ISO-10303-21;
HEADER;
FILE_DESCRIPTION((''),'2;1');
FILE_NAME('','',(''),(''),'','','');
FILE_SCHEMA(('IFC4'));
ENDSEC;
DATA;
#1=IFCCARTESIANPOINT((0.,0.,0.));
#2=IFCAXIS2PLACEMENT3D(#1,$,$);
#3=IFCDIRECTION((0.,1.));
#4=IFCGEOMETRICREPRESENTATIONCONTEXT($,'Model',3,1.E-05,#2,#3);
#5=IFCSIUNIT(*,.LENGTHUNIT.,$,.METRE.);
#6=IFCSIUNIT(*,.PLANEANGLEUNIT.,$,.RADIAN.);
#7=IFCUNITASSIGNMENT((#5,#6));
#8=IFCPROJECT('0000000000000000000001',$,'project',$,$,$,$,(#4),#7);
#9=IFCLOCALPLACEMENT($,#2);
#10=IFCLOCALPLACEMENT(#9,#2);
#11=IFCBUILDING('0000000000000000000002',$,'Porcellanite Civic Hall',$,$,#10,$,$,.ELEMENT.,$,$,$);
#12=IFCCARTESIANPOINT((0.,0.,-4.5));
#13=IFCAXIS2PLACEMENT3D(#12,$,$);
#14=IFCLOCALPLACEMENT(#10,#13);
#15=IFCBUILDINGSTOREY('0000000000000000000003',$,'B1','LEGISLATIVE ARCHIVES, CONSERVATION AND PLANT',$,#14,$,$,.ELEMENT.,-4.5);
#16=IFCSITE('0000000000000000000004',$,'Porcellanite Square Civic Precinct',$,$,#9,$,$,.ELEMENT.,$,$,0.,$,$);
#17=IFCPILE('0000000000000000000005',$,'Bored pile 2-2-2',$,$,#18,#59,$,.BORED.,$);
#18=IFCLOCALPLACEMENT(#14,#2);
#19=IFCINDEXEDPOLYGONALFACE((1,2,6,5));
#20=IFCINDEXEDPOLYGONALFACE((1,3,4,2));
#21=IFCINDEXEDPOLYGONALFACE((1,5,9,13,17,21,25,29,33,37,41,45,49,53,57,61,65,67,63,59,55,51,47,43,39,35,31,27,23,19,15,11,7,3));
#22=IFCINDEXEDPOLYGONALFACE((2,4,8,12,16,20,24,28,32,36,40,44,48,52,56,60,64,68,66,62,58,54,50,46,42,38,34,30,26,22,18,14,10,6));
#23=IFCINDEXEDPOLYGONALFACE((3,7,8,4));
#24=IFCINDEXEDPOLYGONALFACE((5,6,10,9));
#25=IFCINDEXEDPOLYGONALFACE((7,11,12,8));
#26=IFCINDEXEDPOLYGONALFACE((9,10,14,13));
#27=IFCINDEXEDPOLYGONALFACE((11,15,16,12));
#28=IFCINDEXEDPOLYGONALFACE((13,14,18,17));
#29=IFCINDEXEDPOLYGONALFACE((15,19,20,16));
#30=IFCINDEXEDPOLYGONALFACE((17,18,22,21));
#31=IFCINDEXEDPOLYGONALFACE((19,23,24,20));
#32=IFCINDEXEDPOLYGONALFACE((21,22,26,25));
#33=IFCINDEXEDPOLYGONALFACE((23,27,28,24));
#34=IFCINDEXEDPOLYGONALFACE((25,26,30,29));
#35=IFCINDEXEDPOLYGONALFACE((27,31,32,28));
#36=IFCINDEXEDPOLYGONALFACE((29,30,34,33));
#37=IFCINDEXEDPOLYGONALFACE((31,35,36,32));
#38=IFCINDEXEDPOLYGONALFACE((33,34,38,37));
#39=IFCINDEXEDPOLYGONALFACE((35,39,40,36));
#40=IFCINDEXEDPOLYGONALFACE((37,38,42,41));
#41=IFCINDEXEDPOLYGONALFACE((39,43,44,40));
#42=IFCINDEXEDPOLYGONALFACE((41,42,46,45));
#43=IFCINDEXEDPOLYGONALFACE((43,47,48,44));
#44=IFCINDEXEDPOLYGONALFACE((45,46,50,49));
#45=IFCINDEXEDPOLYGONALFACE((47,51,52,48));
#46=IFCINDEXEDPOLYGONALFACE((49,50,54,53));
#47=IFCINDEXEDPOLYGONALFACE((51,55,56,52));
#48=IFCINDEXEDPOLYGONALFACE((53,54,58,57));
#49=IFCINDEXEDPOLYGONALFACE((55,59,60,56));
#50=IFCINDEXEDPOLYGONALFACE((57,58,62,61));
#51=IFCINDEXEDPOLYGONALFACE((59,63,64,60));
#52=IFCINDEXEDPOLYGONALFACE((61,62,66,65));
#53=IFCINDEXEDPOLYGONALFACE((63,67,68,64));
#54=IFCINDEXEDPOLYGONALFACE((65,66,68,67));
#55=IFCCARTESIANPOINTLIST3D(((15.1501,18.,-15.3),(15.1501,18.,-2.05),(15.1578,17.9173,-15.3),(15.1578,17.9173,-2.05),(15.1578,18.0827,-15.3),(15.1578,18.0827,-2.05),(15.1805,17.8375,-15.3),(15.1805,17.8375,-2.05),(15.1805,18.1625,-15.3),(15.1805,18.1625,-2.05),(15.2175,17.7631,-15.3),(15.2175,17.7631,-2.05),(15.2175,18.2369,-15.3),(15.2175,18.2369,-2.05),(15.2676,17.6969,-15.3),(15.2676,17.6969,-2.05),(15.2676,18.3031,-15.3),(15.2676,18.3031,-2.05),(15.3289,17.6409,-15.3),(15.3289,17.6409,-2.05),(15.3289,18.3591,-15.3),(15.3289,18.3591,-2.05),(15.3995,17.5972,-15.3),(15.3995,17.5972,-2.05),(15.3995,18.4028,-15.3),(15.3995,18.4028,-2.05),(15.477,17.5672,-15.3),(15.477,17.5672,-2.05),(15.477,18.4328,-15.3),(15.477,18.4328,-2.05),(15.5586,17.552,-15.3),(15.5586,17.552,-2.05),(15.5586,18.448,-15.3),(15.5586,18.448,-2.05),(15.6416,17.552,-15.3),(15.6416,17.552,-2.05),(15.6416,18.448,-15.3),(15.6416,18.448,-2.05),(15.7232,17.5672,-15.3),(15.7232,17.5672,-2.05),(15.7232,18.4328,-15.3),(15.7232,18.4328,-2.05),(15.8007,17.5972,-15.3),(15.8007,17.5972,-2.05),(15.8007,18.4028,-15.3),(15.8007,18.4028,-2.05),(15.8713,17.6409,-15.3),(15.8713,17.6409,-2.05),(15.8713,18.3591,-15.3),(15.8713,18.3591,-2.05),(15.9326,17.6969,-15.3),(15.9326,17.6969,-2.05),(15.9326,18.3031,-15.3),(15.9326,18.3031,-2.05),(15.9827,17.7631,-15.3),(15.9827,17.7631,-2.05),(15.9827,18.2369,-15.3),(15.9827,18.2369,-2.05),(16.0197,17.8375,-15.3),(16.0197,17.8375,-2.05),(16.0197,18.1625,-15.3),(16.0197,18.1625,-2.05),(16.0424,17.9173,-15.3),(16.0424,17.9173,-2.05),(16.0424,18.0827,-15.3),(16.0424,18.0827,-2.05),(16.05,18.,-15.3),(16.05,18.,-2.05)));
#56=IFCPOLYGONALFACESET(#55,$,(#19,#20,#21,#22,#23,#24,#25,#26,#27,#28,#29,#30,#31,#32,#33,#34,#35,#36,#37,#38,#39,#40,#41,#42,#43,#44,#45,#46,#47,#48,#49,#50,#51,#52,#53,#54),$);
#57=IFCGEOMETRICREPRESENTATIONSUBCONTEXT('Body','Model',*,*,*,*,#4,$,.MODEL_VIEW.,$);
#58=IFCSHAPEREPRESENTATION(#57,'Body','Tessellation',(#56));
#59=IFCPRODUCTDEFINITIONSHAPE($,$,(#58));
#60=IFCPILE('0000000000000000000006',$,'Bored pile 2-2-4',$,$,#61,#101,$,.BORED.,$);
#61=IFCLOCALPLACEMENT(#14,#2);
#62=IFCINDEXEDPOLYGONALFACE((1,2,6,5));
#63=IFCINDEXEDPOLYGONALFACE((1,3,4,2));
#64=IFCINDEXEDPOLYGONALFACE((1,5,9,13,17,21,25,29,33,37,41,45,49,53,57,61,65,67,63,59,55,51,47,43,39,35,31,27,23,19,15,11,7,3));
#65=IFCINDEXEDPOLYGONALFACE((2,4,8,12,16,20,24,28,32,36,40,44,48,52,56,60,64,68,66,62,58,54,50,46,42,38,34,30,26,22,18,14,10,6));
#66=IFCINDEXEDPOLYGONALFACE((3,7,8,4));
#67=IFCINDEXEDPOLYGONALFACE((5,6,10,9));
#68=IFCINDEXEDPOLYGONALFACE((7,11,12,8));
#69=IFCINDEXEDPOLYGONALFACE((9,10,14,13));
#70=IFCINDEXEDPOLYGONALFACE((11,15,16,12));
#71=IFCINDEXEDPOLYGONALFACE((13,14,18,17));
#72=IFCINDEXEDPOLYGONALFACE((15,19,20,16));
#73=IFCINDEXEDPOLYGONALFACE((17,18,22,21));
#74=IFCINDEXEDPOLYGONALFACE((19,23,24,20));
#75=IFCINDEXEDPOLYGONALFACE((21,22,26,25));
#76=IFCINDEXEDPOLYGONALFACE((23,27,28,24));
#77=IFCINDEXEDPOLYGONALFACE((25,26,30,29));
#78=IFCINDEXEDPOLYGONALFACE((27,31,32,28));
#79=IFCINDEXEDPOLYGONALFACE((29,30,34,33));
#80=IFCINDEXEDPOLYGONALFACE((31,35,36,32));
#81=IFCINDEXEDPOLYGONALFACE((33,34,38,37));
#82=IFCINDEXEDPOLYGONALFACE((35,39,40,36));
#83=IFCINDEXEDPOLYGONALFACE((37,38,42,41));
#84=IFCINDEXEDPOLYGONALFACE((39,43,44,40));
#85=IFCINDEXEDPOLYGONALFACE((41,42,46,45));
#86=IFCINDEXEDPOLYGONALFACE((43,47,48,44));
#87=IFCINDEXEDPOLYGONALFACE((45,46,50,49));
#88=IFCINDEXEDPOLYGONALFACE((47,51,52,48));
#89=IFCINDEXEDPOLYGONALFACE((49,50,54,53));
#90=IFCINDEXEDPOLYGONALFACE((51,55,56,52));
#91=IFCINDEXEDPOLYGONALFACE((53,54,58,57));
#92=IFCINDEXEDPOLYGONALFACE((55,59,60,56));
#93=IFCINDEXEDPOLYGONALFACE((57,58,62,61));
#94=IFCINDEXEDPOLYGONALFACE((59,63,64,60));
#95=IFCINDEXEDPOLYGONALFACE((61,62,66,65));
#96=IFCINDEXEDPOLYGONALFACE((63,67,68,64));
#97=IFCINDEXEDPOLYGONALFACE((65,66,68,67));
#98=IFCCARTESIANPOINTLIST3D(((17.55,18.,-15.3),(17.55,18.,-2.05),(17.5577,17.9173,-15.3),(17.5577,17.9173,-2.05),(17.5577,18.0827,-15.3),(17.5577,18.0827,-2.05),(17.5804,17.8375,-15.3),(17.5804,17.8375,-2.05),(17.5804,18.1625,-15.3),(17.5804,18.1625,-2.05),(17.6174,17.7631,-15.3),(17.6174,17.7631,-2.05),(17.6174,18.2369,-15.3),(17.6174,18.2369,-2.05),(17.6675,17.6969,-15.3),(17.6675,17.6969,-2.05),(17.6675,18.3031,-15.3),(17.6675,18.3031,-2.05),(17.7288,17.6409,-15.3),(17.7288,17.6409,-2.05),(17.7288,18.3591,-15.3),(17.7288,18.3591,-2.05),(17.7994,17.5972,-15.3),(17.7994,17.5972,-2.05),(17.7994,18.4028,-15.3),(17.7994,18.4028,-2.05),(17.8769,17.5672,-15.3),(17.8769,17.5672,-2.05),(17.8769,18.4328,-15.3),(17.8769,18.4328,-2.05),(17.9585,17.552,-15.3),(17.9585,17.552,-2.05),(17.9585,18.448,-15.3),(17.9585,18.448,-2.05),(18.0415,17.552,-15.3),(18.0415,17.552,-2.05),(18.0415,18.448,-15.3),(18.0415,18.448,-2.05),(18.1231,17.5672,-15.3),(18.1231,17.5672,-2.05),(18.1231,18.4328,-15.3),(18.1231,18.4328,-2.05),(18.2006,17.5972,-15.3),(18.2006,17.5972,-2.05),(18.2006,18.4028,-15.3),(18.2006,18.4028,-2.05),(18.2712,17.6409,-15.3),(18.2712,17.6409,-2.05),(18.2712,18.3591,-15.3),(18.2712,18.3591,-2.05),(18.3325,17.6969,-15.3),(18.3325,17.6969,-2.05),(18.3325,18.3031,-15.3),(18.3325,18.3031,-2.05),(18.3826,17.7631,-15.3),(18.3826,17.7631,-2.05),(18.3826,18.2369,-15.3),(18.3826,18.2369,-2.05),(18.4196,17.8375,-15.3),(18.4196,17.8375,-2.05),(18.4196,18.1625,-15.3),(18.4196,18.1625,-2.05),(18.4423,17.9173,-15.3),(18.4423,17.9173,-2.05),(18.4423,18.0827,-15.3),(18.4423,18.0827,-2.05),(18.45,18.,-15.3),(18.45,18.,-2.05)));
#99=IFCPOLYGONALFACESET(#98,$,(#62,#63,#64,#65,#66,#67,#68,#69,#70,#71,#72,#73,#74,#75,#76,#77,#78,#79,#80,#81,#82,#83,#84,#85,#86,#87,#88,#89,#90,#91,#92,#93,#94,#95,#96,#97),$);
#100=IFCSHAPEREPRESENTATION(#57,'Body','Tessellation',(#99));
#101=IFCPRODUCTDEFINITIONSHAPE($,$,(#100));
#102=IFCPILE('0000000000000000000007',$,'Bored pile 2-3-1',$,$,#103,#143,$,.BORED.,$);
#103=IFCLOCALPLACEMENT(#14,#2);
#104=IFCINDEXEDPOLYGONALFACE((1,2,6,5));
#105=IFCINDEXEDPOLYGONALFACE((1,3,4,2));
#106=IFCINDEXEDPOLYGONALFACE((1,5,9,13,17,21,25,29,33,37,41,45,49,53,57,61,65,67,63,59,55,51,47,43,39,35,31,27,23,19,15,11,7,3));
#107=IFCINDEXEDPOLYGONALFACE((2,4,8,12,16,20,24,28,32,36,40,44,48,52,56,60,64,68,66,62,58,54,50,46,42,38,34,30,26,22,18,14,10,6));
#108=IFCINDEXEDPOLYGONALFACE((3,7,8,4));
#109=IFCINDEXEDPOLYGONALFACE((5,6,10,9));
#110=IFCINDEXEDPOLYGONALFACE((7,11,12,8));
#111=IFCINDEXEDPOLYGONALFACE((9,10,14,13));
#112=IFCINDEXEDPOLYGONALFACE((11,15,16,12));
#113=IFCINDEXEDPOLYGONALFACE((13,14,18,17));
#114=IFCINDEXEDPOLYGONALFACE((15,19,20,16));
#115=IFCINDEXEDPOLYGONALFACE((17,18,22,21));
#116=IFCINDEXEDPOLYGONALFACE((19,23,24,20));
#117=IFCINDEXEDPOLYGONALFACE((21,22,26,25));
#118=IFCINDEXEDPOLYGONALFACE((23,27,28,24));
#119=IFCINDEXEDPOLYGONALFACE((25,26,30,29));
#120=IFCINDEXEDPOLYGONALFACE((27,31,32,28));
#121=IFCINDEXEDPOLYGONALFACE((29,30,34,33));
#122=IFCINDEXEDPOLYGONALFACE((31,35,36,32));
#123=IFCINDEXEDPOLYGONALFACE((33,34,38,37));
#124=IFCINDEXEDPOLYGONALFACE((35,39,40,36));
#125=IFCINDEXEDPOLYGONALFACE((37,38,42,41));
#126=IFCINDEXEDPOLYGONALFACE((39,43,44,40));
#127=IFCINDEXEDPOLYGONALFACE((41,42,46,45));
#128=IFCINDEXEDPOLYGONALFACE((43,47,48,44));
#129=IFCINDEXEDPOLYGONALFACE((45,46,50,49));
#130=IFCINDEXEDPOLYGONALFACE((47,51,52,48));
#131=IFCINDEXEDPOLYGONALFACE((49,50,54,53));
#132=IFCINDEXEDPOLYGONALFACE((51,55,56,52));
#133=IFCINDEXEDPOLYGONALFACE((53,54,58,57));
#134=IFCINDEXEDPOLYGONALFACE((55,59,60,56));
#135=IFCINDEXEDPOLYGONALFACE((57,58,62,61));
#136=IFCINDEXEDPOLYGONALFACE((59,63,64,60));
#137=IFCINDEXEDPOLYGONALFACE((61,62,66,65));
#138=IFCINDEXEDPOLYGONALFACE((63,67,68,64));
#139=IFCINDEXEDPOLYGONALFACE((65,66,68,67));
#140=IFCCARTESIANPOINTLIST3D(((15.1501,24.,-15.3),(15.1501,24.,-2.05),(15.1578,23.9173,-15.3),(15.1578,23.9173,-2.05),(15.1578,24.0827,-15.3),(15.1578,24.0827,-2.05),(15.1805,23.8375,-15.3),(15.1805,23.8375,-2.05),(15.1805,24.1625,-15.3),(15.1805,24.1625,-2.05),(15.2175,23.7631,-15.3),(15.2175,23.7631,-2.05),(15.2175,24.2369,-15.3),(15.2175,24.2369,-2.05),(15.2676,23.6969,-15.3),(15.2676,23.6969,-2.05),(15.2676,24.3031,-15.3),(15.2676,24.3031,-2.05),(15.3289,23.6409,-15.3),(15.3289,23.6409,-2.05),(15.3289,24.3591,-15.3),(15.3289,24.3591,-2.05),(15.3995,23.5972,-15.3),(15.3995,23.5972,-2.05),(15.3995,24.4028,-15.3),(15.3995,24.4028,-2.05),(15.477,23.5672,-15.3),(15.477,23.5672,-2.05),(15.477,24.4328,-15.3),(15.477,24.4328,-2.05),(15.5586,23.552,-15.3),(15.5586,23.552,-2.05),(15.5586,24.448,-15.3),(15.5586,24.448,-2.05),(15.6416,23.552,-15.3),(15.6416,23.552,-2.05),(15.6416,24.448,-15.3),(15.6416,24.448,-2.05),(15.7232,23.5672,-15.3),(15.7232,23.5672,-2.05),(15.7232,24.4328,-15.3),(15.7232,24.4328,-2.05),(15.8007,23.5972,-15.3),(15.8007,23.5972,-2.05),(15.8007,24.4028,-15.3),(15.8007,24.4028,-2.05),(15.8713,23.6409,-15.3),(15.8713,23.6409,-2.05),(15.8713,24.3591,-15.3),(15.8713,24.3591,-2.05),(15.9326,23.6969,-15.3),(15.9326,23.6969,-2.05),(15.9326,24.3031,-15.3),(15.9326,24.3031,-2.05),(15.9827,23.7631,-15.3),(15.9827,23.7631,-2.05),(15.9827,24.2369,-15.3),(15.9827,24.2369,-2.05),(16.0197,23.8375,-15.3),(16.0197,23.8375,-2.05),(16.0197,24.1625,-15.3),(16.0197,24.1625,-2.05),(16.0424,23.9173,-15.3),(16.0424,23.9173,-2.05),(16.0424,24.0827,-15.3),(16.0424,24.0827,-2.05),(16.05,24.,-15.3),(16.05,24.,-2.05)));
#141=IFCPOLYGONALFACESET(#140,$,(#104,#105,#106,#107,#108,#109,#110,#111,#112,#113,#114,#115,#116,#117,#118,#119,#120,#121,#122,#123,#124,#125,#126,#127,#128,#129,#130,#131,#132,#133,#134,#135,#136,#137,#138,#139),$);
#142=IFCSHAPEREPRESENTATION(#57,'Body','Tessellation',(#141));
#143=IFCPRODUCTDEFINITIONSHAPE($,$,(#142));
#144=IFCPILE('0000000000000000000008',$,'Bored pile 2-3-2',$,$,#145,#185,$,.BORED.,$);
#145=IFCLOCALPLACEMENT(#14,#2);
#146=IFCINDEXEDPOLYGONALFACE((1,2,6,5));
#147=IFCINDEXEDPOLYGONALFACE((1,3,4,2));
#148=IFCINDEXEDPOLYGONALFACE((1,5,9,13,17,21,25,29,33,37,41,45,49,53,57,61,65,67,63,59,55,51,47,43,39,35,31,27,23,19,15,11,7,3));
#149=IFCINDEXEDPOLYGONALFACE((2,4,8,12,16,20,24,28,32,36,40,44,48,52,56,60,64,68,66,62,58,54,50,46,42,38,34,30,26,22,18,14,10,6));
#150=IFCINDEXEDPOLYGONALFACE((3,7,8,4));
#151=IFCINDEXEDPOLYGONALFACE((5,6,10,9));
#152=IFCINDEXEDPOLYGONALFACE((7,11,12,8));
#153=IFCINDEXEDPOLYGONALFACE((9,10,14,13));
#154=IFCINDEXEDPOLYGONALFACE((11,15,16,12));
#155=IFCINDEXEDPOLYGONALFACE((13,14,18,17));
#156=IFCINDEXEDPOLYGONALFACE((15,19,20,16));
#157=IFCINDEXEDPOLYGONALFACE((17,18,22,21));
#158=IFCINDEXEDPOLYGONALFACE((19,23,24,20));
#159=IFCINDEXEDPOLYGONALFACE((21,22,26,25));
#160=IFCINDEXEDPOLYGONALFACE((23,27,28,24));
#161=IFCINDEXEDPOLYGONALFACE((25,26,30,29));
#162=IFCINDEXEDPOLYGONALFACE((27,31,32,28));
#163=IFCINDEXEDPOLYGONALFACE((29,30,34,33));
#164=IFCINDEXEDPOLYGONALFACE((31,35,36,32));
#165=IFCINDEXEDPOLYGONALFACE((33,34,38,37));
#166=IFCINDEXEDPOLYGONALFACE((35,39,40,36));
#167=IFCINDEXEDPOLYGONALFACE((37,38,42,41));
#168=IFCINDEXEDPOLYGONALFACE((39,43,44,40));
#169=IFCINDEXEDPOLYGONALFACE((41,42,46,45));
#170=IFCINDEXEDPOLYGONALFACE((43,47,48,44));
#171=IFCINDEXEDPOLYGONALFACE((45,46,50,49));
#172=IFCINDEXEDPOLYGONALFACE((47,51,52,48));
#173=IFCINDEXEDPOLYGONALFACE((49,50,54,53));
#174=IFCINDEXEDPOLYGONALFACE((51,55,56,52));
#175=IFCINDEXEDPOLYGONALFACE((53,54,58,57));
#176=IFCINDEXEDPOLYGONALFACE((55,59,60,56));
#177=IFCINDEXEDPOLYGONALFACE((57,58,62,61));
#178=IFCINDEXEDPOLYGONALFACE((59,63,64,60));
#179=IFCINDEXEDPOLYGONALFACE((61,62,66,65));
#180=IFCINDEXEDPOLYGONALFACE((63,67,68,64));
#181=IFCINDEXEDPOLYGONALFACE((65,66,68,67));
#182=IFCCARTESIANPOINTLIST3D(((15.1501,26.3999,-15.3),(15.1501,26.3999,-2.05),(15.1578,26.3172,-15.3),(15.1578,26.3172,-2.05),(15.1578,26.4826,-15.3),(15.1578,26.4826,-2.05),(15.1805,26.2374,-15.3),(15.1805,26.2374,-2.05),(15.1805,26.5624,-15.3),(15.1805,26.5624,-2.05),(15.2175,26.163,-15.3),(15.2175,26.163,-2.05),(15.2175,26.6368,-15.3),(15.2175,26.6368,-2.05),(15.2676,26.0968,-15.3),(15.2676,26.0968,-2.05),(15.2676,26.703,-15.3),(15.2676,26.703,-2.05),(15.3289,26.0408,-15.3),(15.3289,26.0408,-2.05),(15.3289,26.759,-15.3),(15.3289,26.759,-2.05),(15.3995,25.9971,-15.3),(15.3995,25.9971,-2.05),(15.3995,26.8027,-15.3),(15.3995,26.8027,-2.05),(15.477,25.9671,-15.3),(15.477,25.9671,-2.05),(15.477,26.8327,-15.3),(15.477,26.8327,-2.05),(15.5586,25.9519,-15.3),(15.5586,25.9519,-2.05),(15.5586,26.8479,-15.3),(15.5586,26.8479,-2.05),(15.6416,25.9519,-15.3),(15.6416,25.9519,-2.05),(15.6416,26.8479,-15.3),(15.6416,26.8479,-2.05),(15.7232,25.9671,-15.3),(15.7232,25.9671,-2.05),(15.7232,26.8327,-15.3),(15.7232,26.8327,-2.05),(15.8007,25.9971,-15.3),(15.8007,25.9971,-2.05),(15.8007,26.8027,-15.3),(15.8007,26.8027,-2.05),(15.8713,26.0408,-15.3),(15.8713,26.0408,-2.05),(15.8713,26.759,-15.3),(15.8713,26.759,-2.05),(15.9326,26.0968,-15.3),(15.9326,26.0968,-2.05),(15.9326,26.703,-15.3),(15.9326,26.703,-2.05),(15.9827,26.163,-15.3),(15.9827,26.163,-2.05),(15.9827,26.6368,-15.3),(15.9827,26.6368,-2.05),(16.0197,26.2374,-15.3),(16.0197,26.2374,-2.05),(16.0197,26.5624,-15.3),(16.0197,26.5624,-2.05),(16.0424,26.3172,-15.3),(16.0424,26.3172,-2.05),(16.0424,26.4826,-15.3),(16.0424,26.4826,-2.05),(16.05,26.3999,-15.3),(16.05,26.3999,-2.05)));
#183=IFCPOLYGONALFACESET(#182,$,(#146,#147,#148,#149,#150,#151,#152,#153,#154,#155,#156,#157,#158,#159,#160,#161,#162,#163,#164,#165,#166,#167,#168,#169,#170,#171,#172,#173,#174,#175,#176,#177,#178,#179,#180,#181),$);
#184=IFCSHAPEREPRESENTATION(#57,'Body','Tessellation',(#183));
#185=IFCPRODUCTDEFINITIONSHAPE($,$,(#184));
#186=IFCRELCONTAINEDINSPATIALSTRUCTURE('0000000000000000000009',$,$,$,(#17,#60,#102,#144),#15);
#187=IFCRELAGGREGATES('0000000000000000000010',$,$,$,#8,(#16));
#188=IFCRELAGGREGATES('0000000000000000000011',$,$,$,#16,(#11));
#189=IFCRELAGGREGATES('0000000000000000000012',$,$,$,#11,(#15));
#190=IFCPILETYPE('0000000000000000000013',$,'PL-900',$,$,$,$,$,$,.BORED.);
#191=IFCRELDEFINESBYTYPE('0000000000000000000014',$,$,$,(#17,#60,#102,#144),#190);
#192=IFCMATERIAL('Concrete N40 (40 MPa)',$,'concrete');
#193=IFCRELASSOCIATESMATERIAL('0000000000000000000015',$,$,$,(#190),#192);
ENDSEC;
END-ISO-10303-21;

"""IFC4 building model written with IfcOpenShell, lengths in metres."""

from ifc_helpers import new_model, si_unit, direction, frame, origin, origin_2d, place, context, subcontext, project, spatial, circle, extrude, material, material_profile, profile_set, type_object, element, save


model = new_model("IFC4")

# Units and contexts
model_context = context("Model", 3, precision=1e-05, world=origin(), true_north=direction((0.0, 1.0)))
body_context = subcontext(model_context, "Body", "Model", "MODEL_VIEW")
ifc_project = project(units=[si_unit("LENGTHUNIT", "METRE"), si_unit("PLANEANGLEUNIT", "RADIAN")], contexts=[model_context])

# Site, building, storey
site_placement = place(None, origin())
site = spatial("IfcSite", under=ifc_project, at=site_placement, Name="Porcellanite Square Civic Precinct", CompositionType="ELEMENT", RefElevation=0.0)
building_placement = place(site_placement, origin())
building = spatial("IfcBuilding", under=site, at=building_placement, Name="Porcellanite Civic Hall", CompositionType="ELEMENT")
storey_placement = place(building_placement, frame((0.0, 0.0, -4.5)))
storey = spatial("IfcBuildingStorey", under=building, at=storey_placement, Name="B1", Description="LEGISLATIVE ARCHIVES, CONSERVATION AND PLANT", CompositionType="ELEMENT", Elevation=-4.5)

# Piles
ifc_material_1 = material(Name="Concrete N40 (40 MPa)", Category="concrete")
ifc_material_profile_1 = material_profile(ifc_material_1, circle(Radius=0.45, at=origin_2d()), Name="PILE-D900")
ifc_profile_set_1 = profile_set([ifc_material_profile_1], Name="Concrete N40 (40 MPa)")
pile_type = type_object("IfcPileType", Name="PL-900", PredefinedType="BORED", material=ifc_profile_set_1)
for number, where, z_axis, x_axis, name in (
    (1, (15.6001, 18.0, -2.05), (0.0, 0.0, -1.0), (1.0, 0.0, 0.0), "Bored pile 2-2-2"),
    (2, (18.0, 18.0, -2.05), (0.0, 0.0, -1.0), (1.0, 0.0, 0.0), "Bored pile 2-2-4"),
    (3, (15.6001, 24.0, -2.05), (0.0, 0.0, -1.0), (1.0, 0.0, 0.0), "Bored pile 2-3-1"),
    (4, (15.6001, 26.3999, -2.05), (0.0, 0.0, -1.0), (1.0, 0.0, 0.0), "Bored pile 2-3-2"),
):
    element("IfcPile", number, at=place(storey_placement, frame(where, z_axis=z_axis, x_axis=x_axis)), inside=storey, type_object=pile_type, Name=name, PredefinedType="BORED", context=body_context, shape_type="SweptSolid", body=[
        extrude(circle(Radius=0.45, at=origin_2d()), origin(), (0.0, 0.0, 1.0), 13.25),
    ])

save(model, "model.ifc")
